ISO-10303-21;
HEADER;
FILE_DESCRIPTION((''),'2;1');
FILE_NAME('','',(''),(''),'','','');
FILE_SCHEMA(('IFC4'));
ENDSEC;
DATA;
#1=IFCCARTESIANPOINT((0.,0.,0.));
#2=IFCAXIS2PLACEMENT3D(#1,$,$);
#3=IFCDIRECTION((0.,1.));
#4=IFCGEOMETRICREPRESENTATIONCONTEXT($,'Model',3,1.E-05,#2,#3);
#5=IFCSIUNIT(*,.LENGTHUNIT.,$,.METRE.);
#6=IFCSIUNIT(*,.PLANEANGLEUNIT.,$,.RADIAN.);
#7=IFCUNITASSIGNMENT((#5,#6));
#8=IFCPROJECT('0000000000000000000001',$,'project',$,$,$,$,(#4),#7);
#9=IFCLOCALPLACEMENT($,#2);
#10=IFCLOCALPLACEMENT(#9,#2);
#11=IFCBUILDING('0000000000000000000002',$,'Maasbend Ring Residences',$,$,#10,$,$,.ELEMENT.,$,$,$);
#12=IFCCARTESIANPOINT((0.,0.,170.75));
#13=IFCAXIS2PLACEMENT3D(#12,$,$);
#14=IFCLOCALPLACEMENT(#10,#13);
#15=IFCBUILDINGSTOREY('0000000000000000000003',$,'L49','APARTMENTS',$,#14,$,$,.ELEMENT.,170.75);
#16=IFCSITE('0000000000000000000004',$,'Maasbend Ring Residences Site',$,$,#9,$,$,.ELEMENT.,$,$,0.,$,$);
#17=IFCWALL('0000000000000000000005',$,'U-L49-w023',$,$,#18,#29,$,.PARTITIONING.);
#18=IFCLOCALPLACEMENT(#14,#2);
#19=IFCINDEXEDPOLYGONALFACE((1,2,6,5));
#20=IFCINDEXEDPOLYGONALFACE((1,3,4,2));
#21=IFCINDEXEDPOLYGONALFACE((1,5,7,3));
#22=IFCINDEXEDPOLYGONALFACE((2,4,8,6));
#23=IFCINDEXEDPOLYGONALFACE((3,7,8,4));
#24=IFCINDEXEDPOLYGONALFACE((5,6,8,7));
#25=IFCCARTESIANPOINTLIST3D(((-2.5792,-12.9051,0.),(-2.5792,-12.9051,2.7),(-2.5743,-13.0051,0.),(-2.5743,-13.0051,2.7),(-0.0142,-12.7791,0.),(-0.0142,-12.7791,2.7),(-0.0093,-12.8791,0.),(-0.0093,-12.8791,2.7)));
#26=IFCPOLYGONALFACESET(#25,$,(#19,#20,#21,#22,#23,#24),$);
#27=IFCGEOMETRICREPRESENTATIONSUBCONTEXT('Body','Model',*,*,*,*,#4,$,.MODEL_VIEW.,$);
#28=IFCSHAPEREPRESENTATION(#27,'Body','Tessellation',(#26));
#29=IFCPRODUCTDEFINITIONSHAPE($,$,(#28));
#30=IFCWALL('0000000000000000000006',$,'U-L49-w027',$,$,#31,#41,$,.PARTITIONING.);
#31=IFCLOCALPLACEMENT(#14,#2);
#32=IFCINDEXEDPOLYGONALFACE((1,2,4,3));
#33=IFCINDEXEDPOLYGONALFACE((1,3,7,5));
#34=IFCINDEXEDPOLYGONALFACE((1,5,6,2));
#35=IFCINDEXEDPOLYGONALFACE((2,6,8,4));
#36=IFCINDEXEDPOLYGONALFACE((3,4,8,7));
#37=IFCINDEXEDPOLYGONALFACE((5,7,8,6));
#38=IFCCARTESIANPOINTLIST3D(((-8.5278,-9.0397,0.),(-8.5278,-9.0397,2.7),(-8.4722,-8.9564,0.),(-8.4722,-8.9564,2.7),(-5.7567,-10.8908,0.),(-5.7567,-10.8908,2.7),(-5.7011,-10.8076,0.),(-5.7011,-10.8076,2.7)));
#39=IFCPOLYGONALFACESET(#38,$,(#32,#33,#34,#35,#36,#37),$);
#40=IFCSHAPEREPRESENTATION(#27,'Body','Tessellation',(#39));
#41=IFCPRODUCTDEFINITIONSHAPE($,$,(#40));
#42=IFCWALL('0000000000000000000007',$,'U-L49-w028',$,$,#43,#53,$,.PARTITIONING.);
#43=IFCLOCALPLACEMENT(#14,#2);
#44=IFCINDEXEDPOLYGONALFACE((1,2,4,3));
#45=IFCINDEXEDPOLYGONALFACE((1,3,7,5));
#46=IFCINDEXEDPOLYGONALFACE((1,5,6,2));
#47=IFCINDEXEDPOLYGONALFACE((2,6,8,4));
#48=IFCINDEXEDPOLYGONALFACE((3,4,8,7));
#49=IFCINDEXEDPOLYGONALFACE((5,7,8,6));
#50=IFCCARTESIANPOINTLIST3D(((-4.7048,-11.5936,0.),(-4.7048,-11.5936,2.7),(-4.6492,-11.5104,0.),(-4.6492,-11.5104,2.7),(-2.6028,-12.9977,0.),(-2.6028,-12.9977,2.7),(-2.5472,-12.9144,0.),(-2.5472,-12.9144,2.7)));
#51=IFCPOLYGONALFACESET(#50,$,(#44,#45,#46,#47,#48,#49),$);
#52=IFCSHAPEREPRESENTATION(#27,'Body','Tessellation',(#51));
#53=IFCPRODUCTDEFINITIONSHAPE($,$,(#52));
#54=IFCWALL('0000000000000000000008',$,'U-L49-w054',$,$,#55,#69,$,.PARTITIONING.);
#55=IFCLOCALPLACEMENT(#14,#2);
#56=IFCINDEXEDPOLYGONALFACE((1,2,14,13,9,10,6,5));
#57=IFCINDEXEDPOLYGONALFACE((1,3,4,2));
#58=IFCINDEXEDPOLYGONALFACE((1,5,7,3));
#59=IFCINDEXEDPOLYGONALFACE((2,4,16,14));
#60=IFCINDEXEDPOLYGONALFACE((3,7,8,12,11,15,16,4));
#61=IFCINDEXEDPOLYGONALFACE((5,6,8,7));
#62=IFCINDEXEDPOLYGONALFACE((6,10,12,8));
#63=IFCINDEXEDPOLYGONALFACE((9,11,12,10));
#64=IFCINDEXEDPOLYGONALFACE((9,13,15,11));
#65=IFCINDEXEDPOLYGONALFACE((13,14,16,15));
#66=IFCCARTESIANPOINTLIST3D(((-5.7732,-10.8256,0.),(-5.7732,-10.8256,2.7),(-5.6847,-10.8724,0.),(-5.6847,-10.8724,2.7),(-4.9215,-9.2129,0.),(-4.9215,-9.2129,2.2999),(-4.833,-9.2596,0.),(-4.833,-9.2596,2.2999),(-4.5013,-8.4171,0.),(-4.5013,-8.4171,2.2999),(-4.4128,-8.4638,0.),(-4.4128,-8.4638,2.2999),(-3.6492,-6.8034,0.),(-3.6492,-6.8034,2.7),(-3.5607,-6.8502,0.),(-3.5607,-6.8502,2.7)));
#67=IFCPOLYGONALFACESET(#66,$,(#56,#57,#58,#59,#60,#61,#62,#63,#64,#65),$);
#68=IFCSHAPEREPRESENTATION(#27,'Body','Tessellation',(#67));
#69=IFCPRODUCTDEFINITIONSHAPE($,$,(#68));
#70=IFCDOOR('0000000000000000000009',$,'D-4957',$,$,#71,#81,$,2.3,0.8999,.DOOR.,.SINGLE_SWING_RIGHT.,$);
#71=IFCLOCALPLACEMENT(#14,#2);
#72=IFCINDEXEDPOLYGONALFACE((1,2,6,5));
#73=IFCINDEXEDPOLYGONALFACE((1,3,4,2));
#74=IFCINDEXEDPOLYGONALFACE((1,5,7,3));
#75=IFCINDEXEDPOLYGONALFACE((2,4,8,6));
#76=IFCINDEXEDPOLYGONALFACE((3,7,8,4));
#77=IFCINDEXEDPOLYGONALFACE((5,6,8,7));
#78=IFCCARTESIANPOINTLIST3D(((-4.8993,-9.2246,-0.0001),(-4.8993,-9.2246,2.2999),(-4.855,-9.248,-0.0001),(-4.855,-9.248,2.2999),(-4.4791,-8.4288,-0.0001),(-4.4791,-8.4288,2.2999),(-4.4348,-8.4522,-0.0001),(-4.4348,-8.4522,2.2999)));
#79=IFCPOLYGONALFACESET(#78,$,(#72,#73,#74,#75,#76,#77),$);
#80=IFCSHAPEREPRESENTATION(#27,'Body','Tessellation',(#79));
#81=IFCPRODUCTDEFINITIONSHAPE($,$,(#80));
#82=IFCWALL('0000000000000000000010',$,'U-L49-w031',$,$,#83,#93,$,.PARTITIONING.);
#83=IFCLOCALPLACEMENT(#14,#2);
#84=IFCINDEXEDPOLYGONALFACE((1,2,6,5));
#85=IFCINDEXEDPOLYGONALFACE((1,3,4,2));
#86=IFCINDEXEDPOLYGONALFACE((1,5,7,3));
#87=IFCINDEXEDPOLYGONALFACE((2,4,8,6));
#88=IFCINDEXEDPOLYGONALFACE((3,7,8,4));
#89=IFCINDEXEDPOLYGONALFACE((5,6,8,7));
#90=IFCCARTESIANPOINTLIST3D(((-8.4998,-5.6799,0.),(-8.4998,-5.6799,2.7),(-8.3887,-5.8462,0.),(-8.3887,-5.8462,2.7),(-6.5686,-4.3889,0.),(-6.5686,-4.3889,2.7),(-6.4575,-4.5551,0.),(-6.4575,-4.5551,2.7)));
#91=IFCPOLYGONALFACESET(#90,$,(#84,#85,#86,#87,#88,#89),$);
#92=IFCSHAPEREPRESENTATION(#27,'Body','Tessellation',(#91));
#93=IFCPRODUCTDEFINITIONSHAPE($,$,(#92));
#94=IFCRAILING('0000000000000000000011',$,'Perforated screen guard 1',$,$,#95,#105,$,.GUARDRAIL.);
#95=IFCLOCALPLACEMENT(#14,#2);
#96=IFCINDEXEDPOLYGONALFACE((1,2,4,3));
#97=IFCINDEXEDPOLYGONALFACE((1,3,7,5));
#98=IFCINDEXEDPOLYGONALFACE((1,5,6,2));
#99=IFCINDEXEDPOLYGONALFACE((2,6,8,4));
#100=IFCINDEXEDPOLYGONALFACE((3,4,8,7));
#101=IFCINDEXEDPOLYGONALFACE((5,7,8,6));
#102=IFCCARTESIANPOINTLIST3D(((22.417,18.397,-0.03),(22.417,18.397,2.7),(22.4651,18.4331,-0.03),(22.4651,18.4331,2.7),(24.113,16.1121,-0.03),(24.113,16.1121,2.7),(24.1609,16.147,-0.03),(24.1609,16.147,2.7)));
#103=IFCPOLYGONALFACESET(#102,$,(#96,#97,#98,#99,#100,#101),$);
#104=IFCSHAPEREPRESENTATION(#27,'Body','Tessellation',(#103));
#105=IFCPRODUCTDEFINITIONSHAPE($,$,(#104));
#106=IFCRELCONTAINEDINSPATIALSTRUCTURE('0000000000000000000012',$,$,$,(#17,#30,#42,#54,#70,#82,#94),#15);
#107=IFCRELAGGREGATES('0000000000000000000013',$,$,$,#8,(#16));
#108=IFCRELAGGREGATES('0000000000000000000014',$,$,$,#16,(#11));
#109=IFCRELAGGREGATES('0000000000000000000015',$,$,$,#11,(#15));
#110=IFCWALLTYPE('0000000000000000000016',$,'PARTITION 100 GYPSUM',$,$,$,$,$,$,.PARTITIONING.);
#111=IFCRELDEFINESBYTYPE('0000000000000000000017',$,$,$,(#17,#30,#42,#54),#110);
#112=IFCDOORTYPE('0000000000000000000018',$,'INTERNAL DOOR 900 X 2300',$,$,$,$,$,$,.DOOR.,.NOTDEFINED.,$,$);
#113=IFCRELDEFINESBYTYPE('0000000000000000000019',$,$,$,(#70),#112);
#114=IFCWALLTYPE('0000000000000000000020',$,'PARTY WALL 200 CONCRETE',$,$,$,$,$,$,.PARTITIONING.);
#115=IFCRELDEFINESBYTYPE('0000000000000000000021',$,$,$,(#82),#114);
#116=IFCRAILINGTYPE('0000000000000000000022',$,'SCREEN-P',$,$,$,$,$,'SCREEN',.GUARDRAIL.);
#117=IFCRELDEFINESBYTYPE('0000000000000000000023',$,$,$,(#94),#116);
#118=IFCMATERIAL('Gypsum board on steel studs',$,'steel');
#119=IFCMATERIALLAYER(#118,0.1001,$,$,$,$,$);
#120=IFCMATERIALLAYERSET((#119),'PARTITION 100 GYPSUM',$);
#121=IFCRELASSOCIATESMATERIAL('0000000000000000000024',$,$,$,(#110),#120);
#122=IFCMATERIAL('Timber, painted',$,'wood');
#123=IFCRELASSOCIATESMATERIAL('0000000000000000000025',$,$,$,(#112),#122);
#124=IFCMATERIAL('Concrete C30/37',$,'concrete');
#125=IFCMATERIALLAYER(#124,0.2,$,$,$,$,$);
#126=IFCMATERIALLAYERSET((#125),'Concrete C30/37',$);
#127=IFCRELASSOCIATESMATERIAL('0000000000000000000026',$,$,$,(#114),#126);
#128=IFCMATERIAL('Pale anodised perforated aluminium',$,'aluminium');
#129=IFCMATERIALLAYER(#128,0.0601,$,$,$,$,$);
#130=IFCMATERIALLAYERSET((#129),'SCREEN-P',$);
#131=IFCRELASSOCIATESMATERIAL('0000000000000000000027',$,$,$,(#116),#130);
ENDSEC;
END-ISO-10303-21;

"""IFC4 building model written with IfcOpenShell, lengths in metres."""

from ifc_helpers import new_model, si_unit, direction, frame, frame_2d, origin, place, context, subcontext, project, spatial, polyline, rectangle, outline, extrude, material, layer, layer_set, type_object, element, fill, save


model = new_model("IFC4")

# Units and contexts
model_context = context("Model", 3, precision=1e-05, world=origin(), true_north=direction((0.0, 1.0)))
body_context = subcontext(model_context, "Body", "Model", "MODEL_VIEW")
ifc_project = project(units=[si_unit("LENGTHUNIT", "METRE"), si_unit("PLANEANGLEUNIT", "RADIAN")], contexts=[model_context])

# Site, building, storey
site_placement = place(None, origin())
site = spatial("IfcSite", under=ifc_project, at=site_placement, Name="Maasbend Ring Residences Site", CompositionType="ELEMENT", RefElevation=0.0)
building_placement = place(site_placement, origin())
building = spatial("IfcBuilding", under=site, at=building_placement, Name="Maasbend Ring Residences", CompositionType="ELEMENT")
storey_placement = place(building_placement, frame((0.0, 0.0, 170.75)))
storey = spatial("IfcBuildingStorey", under=building, at=storey_placement, Name="L49", Description="APARTMENTS", CompositionType="ELEMENT", Elevation=170.75)

# Walls
ifc_material_1 = material(Name="Gypsum board on steel studs", Category="steel")
ifc_layer_1 = layer(ifc_material_1, 0.1001)
ifc_layer_set_1 = layer_set([ifc_layer_1], Name="PARTITION 100 GYPSUM")
wall_type_1 = type_object("IfcWallType", Name="PARTITION 100 GYPSUM", PredefinedType="PARTITIONING", material=ifc_layer_set_1)
wall_1_placement = place(storey_placement, frame((-2.5769, -12.9551, 0.0), z_axis=(0.0, 0.0, 1.0), x_axis=(0.998796, 0.049056, 0.0)))
element("IfcWall", 1, at=wall_1_placement, inside=storey, type_object=wall_type_1, Name="U-L49-w023", PredefinedType="PARTITIONING", context=body_context, shape_type="SweptSolid", body=[
    extrude(rectangle(XDim=2.5681, YDim=0.1001, at=frame_2d((1.2842, 0.0))), origin(), (0.0, 0.0, 1.0), 2.7),
])
wall_2_placement = place(storey_placement, frame((-8.5, -8.998, 0.0), z_axis=(0.0, 0.0, 1.0), x_axis=(0.831531, -0.555478, 0.0)))
element("IfcWall", 2, at=wall_2_placement, inside=storey, type_object=wall_type_1, Name="U-L49-w027", PredefinedType="PARTITIONING", context=body_context, shape_type="SweptSolid", body=[
    extrude(rectangle(XDim=3.3325, YDim=0.1001, at=frame_2d((1.6663, 0.0))), origin(), (0.0, 0.0, 1.0), 2.7),
])
wall_3_placement = place(storey_placement, frame((-4.677, -11.552, 0.0), z_axis=(0.0, 0.0, 1.0), x_axis=(0.83156, -0.555435, 0.0)))
element("IfcWall", 3, at=wall_3_placement, inside=storey, type_object=wall_type_1, Name="U-L49-w028", PredefinedType="PARTITIONING", context=body_context, shape_type="SweptSolid", body=[
    extrude(rectangle(XDim=2.5278, YDim=0.1001, at=frame_2d((1.2639, 0.0))), origin(), (0.0, 0.0, 1.0), 2.7),
])

# Wall, opening, door
wall_4_placement = place(storey_placement, frame((-5.729, -10.8491, 0.0), z_axis=(0.0, 0.0, 1.0), x_axis=(0.466963, 0.884277, 0.0)))
wall_4 = element("IfcWall", 4, at=wall_4_placement, inside=storey, type_object=wall_type_1, Name="U-L49-w054", PredefinedType="PARTITIONING", context=body_context, shape_type="SweptSolid", body=[
    extrude(rectangle(XDim=4.5486, YDim=0.1001, at=frame_2d((2.2744, 0.0))), origin(), (0.0, 0.0, 1.0), 2.7),
])
opening_placement = place(wall_4_placement, frame((1.824, 0.0, 0.0)))
opening = element("IfcOpeningElement", 5, at=opening_placement, cuts=wall_4, PredefinedType="OPENING", context=body_context, shape_type="SweptSolid", body=[
    extrude(rectangle(XDim=0.8999, YDim=2.3, at=frame_2d((0.45, 1.1499))), frame((0.0, 0.0601, 0.0), z_axis=(0.0, -1.0, 0.0), x_axis=(1.0, 0.0, 0.0)), (0.0, 0.0, 1.0), 0.1201),
])
ifc_material_2 = material(Name="Timber, painted", Category="wood")
door_type = type_object("IfcDoorType", Name="INTERNAL DOOR 900 X 2300", OperationType="NOTDEFINED", PredefinedType="DOOR", material=ifc_material_2)
door_placement = place(opening_placement, origin())
door = element("IfcDoor", 6, at=door_placement, inside=storey, type_object=door_type, Name="D-4957", OperationType="SINGLE_SWING_RIGHT", OverallHeight=2.3, OverallWidth=0.8999, PredefinedType="DOOR", context=body_context, shape_type="SweptSolid", body=[
    extrude(rectangle(XDim=0.8999, YDim=2.3, at=frame_2d((0.45, 1.1499))), frame((0.0, 0.0249, 0.0), z_axis=(0.0, -1.0, 0.0), x_axis=(1.0, 0.0, 0.0)), (0.0, 0.0, 1.0), 0.05),
])
fill(opening, door)

# Wall
ifc_material_3 = material(Name="Concrete C30/37", Category="concrete")
ifc_layer_2 = layer(ifc_material_3, 0.2)
ifc_layer_set_2 = layer_set([ifc_layer_2], Name="Concrete C30/37")
wall_type_2 = type_object("IfcWallType", Name="PARTY WALL 200 CONCRETE", PredefinedType="PARTITIONING", material=ifc_layer_set_2)
wall_5_placement = place(storey_placement, frame((-6.5129, -4.4719, 0.0), z_axis=(0.0, 0.0, 1.0), x_axis=(-0.831338, -0.555767, 0.0)))
element("IfcWall", 7, at=wall_5_placement, inside=storey, type_object=wall_type_2, Name="U-L49-w031", PredefinedType="PARTITIONING", context=body_context, shape_type="SweptSolid", body=[
    extrude(rectangle(XDim=2.323, YDim=0.2, at=frame_2d((1.1616, 0.0))), origin(), (0.0, 0.0, 1.0), 2.7),
])

# Railing
ifc_material_4 = material(Name="Pale anodised perforated aluminium", Category="aluminium")
ifc_layer_3 = layer(ifc_material_4, 0.0601)
ifc_layer_set_3 = layer_set([ifc_layer_3], Name="SCREEN-P")
railing_type = type_object("IfcRailingType", Name="SCREEN-P", ElementType="SCREEN", PredefinedType="GUARDRAIL", material=ifc_layer_set_3)
railing_placement = place(storey_placement, frame((0.0, 0.0, -0.03)))
element("IfcRailing", 8, at=railing_placement, inside=storey, type_object=railing_type, Name="Perforated screen guard 1", PredefinedType="GUARDRAIL", context=body_context, shape_type="SweptSolid", body=[
    extrude(outline(polyline([(24.113, 16.1121), (22.417, 18.397), (22.4651, 18.4331), (24.1609, 16.147), (24.113, 16.1121)])), origin(), (0.0, 0.0, 1.0), 2.73),
])

save(model, "model.ifc")
